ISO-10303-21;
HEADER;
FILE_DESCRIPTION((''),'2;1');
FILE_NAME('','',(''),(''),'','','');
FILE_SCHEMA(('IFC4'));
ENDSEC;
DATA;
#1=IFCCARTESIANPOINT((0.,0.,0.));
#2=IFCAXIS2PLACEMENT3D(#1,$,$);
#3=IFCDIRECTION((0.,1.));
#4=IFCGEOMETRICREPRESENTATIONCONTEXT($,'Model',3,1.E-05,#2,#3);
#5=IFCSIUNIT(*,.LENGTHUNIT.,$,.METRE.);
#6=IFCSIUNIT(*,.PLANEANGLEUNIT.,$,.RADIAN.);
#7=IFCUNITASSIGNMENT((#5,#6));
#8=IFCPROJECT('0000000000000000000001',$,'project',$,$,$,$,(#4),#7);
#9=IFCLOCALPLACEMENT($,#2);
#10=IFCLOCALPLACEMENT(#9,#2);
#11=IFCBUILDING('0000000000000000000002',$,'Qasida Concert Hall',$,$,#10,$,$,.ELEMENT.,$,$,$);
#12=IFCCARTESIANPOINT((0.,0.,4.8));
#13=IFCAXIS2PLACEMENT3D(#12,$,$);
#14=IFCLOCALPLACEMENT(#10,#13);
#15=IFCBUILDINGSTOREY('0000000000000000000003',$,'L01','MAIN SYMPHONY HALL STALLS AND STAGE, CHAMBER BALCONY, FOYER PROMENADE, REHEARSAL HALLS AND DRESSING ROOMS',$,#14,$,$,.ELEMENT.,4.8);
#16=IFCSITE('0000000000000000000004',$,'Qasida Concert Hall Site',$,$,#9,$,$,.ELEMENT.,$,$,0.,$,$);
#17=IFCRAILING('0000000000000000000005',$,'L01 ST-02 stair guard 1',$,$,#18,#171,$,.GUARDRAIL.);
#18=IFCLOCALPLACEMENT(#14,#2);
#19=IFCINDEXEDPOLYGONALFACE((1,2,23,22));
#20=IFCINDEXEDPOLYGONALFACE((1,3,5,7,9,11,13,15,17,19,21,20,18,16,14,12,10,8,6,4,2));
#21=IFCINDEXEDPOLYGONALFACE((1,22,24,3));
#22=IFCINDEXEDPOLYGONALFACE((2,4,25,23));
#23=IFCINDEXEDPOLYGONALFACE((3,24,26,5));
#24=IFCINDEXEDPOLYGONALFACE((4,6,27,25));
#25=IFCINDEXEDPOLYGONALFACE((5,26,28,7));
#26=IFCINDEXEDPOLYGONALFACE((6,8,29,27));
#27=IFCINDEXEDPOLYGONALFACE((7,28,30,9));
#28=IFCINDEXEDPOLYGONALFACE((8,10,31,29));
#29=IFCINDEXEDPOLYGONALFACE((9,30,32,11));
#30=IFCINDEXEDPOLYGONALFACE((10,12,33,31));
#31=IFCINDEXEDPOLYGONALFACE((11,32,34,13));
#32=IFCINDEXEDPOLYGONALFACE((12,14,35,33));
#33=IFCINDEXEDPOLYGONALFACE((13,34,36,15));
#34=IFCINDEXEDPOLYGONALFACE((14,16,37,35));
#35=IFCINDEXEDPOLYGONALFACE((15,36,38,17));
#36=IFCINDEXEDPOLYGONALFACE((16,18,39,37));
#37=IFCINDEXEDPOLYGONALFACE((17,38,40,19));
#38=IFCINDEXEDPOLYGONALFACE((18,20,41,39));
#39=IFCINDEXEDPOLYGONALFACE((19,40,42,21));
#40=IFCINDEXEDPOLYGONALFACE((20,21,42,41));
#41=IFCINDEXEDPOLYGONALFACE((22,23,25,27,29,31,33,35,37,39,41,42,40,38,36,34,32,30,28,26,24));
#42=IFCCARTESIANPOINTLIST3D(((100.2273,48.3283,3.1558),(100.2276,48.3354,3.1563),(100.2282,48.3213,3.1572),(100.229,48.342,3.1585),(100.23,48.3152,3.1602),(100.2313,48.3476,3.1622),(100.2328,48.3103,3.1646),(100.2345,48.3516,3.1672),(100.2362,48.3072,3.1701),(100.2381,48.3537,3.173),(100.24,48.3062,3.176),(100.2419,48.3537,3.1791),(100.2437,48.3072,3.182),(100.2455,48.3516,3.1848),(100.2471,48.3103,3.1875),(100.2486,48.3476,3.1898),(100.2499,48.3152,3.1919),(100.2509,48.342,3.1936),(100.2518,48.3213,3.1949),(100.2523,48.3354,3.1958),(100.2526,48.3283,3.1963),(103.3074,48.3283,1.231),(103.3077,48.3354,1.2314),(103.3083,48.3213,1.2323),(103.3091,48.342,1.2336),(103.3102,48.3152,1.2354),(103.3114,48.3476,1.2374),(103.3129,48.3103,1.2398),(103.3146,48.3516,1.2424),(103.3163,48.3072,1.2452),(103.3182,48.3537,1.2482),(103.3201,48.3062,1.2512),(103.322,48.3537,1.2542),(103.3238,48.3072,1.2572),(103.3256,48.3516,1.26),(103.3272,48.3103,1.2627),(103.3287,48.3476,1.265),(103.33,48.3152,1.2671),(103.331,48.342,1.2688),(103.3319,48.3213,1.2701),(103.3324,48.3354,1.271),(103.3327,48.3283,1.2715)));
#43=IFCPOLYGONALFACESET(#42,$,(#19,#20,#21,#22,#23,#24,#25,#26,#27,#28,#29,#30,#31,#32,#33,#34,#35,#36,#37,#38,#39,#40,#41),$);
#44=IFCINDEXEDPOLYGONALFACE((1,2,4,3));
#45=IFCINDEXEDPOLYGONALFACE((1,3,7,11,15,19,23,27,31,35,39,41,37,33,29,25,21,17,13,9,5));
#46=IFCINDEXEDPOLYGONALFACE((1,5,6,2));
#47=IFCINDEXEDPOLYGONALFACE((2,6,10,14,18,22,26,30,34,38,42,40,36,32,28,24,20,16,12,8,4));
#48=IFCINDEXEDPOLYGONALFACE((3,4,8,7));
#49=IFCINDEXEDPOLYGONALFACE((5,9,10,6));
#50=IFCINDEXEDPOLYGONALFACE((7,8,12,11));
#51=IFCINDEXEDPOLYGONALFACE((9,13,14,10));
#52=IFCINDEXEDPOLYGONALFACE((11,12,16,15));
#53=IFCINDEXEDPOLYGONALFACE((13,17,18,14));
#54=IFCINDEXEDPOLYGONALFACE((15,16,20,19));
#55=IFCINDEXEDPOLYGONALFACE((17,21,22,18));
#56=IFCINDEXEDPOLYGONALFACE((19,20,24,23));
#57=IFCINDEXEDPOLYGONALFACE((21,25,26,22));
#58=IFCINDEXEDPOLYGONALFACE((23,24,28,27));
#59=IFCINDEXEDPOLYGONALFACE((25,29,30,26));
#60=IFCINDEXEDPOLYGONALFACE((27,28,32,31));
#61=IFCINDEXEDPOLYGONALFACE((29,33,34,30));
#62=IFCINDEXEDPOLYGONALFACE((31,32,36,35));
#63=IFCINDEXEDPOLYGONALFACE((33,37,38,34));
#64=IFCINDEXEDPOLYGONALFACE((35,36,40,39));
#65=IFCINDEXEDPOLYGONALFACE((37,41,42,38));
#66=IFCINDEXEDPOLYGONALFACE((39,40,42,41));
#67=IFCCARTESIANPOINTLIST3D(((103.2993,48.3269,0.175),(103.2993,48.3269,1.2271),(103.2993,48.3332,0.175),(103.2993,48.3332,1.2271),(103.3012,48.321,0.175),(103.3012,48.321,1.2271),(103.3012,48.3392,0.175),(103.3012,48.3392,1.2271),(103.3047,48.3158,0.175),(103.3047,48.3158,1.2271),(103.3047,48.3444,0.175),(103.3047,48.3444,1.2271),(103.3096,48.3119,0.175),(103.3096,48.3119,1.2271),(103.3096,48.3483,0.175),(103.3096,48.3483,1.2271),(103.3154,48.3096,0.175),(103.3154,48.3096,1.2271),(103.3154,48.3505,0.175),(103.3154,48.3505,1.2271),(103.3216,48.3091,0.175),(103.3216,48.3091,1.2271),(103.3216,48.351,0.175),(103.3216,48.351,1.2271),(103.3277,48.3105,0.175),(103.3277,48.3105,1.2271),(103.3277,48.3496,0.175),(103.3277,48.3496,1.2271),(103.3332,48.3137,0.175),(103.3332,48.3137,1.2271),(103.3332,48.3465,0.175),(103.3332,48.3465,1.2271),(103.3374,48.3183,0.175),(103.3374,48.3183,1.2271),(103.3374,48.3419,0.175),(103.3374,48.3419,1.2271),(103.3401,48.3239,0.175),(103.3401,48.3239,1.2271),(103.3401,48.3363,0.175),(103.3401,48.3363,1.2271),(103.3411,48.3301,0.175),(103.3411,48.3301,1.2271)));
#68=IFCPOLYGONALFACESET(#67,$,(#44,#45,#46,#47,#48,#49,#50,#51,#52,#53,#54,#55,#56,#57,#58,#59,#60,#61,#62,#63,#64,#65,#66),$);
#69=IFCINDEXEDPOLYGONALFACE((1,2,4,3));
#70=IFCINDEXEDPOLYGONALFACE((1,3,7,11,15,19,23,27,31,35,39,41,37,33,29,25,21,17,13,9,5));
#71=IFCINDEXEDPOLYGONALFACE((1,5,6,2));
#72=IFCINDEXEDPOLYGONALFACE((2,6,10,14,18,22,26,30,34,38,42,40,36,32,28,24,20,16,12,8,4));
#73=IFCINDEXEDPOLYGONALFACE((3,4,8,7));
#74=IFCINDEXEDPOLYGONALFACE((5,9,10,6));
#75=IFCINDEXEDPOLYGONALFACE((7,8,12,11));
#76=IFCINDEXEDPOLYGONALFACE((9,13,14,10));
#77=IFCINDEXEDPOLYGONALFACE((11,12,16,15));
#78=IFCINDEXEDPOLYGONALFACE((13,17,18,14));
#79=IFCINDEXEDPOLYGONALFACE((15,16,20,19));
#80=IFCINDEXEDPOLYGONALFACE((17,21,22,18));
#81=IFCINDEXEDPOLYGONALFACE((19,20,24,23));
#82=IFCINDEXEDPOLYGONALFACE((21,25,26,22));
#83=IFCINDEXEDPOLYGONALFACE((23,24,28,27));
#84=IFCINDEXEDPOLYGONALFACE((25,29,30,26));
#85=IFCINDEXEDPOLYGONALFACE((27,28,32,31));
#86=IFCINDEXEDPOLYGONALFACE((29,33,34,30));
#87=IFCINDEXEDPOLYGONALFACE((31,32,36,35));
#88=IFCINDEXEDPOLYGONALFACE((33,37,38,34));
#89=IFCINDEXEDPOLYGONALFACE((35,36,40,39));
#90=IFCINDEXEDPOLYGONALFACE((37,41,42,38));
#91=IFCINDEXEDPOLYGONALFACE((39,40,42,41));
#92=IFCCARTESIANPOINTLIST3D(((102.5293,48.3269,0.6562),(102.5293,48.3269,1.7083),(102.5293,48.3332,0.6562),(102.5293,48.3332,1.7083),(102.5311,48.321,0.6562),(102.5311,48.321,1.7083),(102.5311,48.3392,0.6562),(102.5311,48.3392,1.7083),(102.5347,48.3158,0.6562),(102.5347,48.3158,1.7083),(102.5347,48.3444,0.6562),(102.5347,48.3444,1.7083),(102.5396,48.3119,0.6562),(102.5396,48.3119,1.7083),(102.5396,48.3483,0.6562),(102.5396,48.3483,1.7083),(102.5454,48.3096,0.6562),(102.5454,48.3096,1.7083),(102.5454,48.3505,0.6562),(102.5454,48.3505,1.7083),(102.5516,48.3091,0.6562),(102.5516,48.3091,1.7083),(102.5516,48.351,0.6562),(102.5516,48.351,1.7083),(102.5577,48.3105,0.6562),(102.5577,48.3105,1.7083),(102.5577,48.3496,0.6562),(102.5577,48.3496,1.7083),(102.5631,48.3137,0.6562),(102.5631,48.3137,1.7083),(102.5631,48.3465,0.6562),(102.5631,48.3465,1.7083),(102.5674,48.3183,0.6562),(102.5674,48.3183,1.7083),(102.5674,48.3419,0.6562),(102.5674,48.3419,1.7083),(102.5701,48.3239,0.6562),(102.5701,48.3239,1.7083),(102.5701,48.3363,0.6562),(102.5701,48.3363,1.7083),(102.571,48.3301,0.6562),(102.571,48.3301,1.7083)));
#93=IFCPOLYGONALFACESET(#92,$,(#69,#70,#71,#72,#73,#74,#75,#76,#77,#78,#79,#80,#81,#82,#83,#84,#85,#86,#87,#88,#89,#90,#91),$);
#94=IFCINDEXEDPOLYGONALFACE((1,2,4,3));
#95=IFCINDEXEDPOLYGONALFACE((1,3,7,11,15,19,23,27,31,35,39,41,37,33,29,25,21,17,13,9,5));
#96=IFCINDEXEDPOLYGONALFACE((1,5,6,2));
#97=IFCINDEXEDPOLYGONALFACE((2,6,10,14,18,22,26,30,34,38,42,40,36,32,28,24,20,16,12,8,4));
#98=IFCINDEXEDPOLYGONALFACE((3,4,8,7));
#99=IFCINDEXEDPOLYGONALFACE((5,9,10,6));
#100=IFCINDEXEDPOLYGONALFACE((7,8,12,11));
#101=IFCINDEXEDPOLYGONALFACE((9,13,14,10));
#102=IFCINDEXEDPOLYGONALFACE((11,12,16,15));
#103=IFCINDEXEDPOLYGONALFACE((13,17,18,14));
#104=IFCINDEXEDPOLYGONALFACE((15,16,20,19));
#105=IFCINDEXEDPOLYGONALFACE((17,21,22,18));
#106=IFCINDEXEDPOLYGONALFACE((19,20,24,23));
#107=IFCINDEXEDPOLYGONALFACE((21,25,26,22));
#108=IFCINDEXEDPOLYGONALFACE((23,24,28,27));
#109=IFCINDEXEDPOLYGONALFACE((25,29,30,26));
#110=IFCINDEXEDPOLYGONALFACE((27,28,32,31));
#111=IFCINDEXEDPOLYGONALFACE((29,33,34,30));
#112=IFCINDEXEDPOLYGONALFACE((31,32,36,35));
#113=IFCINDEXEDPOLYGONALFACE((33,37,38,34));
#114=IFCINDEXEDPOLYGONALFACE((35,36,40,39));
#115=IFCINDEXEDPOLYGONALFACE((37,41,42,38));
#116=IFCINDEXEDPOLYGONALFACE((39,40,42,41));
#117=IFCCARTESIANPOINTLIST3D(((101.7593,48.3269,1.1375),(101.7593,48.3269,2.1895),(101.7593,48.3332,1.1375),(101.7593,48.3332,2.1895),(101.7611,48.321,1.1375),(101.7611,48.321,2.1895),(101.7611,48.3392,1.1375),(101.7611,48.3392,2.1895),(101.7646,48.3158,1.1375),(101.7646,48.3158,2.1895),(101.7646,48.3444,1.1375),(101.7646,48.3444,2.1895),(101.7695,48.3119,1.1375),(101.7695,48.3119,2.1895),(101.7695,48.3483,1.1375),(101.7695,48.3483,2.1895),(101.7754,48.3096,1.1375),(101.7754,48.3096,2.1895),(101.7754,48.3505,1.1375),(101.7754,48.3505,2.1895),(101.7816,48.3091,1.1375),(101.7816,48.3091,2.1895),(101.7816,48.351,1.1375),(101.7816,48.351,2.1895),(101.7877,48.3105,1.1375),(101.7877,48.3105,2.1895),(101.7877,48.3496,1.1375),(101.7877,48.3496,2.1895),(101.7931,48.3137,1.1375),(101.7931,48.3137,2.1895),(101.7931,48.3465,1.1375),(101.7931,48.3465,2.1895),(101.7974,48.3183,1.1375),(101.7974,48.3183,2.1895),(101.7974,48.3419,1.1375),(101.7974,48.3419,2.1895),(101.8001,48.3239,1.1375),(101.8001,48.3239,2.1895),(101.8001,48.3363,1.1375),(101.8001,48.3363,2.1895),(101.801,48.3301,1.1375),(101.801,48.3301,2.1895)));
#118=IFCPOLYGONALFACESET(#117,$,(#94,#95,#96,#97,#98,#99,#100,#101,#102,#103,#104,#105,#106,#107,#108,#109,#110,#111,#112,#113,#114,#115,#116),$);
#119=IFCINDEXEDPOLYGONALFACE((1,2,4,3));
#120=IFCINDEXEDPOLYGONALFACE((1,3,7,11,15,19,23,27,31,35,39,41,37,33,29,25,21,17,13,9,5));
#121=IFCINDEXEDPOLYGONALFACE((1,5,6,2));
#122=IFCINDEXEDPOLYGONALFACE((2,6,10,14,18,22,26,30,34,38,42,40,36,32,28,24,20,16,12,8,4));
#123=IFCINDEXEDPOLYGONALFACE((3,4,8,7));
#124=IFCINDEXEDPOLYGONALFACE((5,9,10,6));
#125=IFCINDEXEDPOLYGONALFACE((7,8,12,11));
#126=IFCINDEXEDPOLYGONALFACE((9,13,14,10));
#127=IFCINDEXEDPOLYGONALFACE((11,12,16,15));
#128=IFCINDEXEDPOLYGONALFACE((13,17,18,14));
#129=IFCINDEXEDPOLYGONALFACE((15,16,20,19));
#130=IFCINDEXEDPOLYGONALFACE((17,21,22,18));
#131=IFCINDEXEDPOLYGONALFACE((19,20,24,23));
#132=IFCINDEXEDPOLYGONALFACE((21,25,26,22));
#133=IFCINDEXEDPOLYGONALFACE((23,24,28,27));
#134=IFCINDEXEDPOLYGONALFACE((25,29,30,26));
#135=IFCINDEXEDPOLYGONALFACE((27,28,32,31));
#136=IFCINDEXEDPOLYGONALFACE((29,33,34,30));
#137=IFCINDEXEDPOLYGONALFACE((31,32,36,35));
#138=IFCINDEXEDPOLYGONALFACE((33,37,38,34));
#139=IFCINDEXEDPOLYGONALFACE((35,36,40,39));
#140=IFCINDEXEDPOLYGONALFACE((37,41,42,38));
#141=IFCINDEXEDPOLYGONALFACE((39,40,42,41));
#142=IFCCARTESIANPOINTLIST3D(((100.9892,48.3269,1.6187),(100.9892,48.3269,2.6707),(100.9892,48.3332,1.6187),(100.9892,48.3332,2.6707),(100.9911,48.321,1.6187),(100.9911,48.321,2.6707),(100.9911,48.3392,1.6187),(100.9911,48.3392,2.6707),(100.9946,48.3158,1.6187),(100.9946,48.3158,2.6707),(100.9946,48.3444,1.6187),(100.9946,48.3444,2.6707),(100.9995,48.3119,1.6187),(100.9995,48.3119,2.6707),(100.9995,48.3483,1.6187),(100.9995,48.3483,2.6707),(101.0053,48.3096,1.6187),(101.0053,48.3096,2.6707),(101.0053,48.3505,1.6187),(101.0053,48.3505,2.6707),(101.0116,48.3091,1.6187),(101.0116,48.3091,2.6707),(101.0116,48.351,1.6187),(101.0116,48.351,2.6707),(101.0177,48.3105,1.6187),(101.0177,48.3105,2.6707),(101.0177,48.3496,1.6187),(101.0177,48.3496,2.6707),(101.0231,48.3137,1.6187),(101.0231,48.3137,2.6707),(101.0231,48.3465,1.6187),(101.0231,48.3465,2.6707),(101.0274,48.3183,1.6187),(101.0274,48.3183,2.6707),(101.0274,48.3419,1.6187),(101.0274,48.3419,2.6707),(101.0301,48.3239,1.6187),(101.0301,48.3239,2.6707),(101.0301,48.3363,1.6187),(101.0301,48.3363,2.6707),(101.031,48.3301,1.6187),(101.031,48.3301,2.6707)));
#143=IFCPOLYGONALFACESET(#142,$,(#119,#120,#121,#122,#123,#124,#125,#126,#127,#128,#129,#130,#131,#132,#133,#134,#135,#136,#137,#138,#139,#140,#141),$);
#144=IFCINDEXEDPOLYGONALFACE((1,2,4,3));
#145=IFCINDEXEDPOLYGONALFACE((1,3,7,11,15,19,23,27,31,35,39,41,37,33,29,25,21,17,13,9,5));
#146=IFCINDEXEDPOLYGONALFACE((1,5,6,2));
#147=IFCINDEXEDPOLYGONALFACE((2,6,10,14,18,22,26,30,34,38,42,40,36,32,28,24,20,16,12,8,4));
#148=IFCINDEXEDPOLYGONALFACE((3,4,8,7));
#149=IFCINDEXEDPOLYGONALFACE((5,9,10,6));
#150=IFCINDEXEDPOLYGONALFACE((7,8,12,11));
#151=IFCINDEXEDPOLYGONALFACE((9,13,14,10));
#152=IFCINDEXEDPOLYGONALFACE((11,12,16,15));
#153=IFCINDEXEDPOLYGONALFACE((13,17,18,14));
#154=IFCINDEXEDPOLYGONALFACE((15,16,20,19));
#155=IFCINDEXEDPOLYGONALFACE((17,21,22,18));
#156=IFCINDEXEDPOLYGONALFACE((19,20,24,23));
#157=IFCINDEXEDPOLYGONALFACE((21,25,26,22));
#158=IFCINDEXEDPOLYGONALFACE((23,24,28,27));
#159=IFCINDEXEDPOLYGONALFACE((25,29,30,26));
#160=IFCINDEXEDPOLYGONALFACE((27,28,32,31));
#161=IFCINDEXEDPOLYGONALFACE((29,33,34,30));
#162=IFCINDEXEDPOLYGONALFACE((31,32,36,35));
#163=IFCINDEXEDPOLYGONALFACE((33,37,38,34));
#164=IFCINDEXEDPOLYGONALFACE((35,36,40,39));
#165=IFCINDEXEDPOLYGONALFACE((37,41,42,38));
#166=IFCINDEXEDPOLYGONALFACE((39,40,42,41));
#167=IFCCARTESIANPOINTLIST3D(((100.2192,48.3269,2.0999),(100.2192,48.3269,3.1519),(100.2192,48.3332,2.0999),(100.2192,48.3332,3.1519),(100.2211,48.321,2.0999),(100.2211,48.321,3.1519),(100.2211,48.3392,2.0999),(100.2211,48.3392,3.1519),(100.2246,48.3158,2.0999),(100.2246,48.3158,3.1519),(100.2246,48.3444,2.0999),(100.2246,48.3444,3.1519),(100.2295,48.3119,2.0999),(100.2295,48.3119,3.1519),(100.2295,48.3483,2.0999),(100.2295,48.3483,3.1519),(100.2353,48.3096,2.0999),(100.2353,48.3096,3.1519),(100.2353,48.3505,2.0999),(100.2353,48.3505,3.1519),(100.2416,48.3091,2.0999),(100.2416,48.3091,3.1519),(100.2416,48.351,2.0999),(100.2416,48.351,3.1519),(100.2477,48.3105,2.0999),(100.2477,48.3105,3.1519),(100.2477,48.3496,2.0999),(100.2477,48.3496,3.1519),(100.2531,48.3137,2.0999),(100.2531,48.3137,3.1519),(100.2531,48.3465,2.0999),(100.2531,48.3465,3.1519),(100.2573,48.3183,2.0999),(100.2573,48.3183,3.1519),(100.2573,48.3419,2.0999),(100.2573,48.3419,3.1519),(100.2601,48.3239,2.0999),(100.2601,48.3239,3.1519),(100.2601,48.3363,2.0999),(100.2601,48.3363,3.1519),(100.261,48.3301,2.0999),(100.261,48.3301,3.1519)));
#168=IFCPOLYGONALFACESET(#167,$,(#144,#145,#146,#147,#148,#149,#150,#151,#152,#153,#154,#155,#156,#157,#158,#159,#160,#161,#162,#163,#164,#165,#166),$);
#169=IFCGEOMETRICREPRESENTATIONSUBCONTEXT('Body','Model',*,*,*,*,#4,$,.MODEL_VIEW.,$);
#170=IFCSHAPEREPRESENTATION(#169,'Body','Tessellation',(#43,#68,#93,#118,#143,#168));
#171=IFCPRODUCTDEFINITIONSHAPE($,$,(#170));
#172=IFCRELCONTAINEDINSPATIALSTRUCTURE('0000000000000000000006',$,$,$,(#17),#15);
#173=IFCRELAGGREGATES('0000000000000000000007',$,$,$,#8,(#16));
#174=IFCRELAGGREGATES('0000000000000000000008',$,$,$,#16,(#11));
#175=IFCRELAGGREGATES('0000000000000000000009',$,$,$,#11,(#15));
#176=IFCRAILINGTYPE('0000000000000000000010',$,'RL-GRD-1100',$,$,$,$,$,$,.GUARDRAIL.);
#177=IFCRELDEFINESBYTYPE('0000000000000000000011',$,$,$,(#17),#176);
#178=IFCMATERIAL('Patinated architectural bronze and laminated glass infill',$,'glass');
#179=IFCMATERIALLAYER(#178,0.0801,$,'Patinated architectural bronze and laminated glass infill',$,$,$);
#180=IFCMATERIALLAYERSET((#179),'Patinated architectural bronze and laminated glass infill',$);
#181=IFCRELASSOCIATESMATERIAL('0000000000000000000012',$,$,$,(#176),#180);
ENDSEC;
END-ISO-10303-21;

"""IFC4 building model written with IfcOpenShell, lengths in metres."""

from ifc_helpers import new_model, si_unit, direction, frame, origin, origin_2d, place, context, subcontext, project, spatial, circle, extrude, material, layer, layer_set, type_object, element, save


model = new_model("IFC4")

# Units and contexts
model_context = context("Model", 3, precision=1e-05, world=origin(), true_north=direction((0.0, 1.0)))
body_context = subcontext(model_context, "Body", "Model", "MODEL_VIEW")
ifc_project = project(units=[si_unit("LENGTHUNIT", "METRE"), si_unit("PLANEANGLEUNIT", "RADIAN")], contexts=[model_context])

# Site, building, storey
site_placement = place(None, origin())
site = spatial("IfcSite", under=ifc_project, at=site_placement, Name="Qasida Concert Hall Site", CompositionType="ELEMENT", RefElevation=0.0)
building_placement = place(site_placement, origin())
building = spatial("IfcBuilding", under=site, at=building_placement, Name="Qasida Concert Hall", CompositionType="ELEMENT")
storey_placement = place(building_placement, frame((0.0, 0.0, 4.8)))
storey = spatial("IfcBuildingStorey", under=building, at=storey_placement, Name="L01", Description="MAIN SYMPHONY HALL STALLS AND STAGE, CHAMBER BALCONY, FOYER PROMENADE, REHEARSAL HALLS AND DRESSING ROOMS", CompositionType="ELEMENT", Elevation=4.8)

# Railing
ifc_material_1 = material(Name="Patinated architectural bronze and laminated glass infill", Category="glass")
ifc_layer_1 = layer(ifc_material_1, 0.0801, Name="Patinated architectural bronze and laminated glass infill")
ifc_layer_set_1 = layer_set([ifc_layer_1], Name="Patinated architectural bronze and laminated glass infill")
railing_type_1 = type_object("IfcRailingType", Name="RL-GRD-1100", PredefinedType="GUARDRAIL", material=ifc_layer_set_1)
railing_1_placement = place(storey_placement, frame((103.3201, 48.3301, 0.175)))
element("IfcRailing", 1, at=railing_1_placement, inside=storey, type_object=railing_type_1, Name="L01 ST-02 stair guard 1", PredefinedType="GUARDRAIL", context=body_context, shape_type="SweptSolid", body=[
    extrude(circle(Radius=0.0239, at=origin_2d()), frame((0.0, 0.0, 1.0762), z_axis=(-0.848029, 0.0, 0.529951), x_axis=(0.0, -1.0, 0.0)), (0.0, 0.0, 1.0), 3.6321),
    extrude(circle(Radius=0.021, at=origin_2d()), origin(), (0.0, 0.0, 1.0), 1.052),
    extrude(circle(Radius=0.021, at=origin_2d()), frame((-0.77, 0.0, 0.4812)), (0.0, 0.0, 1.0), 1.052),
    extrude(circle(Radius=0.021, at=origin_2d()), frame((-1.54, 0.0, 0.9624)), (0.0, 0.0, 1.0), 1.052),
    extrude(circle(Radius=0.021, at=origin_2d()), frame((-2.3101, 0.0, 1.4436)), (0.0, 0.0, 1.0), 1.052),
    extrude(circle(Radius=0.021, at=origin_2d()), frame((-3.0801, 0.0, 1.9248)), (0.0, 0.0, 1.0), 1.052),
])

save(model, "model.ifc")
